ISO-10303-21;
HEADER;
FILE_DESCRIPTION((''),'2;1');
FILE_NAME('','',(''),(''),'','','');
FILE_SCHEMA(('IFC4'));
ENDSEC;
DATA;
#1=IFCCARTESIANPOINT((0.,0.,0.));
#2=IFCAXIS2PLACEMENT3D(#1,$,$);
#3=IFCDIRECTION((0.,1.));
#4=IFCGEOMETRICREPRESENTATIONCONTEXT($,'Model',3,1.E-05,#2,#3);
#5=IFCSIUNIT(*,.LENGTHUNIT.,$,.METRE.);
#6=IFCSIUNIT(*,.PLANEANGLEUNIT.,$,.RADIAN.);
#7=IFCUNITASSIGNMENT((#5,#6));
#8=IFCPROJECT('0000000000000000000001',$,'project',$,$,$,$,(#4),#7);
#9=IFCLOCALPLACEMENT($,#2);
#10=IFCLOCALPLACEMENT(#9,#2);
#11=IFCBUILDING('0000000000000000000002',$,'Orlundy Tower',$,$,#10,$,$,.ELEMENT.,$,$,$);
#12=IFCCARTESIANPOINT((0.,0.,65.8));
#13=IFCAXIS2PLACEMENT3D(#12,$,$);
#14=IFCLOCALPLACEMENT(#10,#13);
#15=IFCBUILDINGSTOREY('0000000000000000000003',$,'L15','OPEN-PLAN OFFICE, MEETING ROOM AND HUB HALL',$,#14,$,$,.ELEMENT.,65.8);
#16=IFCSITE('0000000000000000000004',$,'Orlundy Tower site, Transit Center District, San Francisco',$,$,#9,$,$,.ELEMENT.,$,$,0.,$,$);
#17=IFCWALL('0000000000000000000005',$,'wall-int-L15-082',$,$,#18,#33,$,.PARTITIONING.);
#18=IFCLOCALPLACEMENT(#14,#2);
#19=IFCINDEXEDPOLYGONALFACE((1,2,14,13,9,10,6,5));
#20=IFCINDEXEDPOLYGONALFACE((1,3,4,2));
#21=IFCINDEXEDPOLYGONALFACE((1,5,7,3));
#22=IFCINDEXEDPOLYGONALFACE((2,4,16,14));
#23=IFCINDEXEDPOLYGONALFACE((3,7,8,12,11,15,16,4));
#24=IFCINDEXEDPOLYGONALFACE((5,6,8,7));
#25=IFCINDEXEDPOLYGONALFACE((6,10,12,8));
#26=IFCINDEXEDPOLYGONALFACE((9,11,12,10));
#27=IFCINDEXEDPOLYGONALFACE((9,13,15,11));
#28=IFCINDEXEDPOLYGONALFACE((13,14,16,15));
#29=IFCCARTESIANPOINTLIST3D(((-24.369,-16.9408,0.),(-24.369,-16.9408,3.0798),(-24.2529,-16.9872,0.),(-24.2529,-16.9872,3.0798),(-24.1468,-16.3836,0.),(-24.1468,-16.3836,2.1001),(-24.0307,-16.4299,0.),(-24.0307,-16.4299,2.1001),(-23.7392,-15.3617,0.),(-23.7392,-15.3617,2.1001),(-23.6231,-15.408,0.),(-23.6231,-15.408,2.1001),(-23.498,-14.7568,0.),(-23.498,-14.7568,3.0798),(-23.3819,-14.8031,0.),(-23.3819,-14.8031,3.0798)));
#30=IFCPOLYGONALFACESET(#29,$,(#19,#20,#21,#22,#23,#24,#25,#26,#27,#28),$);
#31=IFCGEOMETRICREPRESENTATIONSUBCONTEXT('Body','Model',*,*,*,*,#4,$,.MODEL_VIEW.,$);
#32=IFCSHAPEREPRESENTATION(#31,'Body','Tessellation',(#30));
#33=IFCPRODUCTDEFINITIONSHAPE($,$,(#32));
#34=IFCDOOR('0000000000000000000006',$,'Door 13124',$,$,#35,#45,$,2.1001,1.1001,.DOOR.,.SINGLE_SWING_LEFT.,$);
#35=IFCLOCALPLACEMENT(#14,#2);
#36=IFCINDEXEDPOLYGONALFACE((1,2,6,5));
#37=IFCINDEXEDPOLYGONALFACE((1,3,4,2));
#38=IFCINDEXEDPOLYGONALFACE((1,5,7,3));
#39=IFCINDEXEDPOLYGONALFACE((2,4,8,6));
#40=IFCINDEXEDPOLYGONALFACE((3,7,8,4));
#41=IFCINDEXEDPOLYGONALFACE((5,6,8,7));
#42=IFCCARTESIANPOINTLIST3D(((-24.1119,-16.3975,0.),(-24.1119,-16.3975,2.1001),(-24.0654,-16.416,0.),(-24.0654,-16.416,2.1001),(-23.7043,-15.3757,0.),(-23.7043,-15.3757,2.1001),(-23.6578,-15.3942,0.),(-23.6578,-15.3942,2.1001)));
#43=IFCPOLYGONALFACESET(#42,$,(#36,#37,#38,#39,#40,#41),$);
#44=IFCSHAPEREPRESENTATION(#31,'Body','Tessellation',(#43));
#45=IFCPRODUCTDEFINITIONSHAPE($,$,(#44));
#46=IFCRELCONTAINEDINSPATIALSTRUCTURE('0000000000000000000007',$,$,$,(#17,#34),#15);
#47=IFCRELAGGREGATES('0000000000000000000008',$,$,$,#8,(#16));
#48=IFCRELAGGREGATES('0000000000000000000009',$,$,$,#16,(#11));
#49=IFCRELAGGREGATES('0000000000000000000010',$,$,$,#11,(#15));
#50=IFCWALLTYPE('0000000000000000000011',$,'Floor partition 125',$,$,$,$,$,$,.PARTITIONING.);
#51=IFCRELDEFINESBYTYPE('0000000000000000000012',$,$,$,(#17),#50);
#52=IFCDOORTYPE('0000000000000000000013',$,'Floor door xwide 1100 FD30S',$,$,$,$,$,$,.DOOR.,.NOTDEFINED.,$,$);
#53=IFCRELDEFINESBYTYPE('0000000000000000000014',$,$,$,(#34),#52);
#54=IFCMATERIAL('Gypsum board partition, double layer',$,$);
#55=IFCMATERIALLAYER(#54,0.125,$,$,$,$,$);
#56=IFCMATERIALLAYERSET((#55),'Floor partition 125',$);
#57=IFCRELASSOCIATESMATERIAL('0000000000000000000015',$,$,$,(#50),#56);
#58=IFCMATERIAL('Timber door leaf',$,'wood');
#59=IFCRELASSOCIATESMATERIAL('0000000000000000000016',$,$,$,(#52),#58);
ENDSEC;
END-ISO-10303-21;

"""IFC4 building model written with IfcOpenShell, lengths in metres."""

from ifc_helpers import new_model, si_unit, direction, frame, frame_2d, origin, place, context, subcontext, project, spatial, rectangle, extrude, material, layer, layer_set, type_object, element, fill, save


model = new_model("IFC4")

# Units and contexts
model_context = context("Model", 3, precision=1e-05, world=origin(), true_north=direction((0.0, 1.0)))
body_context = subcontext(model_context, "Body", "Model", "MODEL_VIEW")
ifc_project = project(units=[si_unit("LENGTHUNIT", "METRE"), si_unit("PLANEANGLEUNIT", "RADIAN")], contexts=[model_context])

# Site, building, storey
site_placement = place(None, origin())
site = spatial("IfcSite", under=ifc_project, at=site_placement, Name="Orlundy Tower site, Transit Center District, San Francisco", CompositionType="ELEMENT", RefElevation=0.0)
building_placement = place(site_placement, origin())
building = spatial("IfcBuilding", under=site, at=building_placement, Name="Orlundy Tower", CompositionType="ELEMENT")
storey_placement = place(building_placement, frame((0.0, 0.0, 65.8)))
storey = spatial("IfcBuildingStorey", under=building, at=storey_placement, Name="L15", Description="OPEN-PLAN OFFICE, MEETING ROOM AND HUB HALL", CompositionType="ELEMENT", Elevation=65.8)

# Shared definitions
ifc_material_1 = material(Name="Gypsum board partition, double layer")
ifc_layer_1 = layer(ifc_material_1, 0.125)
ifc_layer_set_1 = layer_set([ifc_layer_1], Name="Floor partition 125")
wall_type_1 = type_object("IfcWallType", Name="Floor partition 125", PredefinedType="PARTITIONING", material=ifc_layer_set_1)

# Wall, opening, door
wall_1_placement = place(storey_placement, frame((-24.311, -16.9641, 0.0), z_axis=(0.0, 0.0, 1.0), x_axis=(0.37046, 0.928849, 0.0)))
wall_1 = element("IfcWall", 1, at=wall_1_placement, inside=storey, type_object=wall_type_1, Name="wall-int-L15-082", PredefinedType="PARTITIONING", context=body_context, shape_type="SweptSolid", body=[
    extrude(rectangle(XDim=2.3513, YDim=0.125, at=frame_2d((1.1758, 0.0))), origin(), (0.0, 0.0, 1.0), 3.0798),
])
opening_placement = place(wall_1_placement, frame((0.6001, 0.0, 0.0)))
opening = element("IfcOpeningElement", 2, at=opening_placement, cuts=wall_1, PredefinedType="OPENING", context=body_context, shape_type="SweptSolid", body=[
    extrude(rectangle(XDim=1.1001, YDim=2.1001, at=frame_2d((0.55, 1.05))), frame((0.0, 0.0725, 0.0), z_axis=(0.0, -1.0, 0.0), x_axis=(1.0, 0.0, 0.0)), (0.0, 0.0, 1.0), 0.145),
])
ifc_material_2 = material(Name="Timber door leaf", Category="wood")
door_type = type_object("IfcDoorType", Name="Floor door xwide 1100 FD30S", OperationType="NOTDEFINED", PredefinedType="DOOR", material=ifc_material_2)
door_placement = place(opening_placement, origin())
door = element("IfcDoor", 3, at=door_placement, inside=storey, type_object=door_type, Name="Door 13124", OperationType="SINGLE_SWING_LEFT", OverallHeight=2.1001, OverallWidth=1.1001, PredefinedType="DOOR", context=body_context, shape_type="SweptSolid", body=[
    extrude(rectangle(XDim=1.1001, YDim=2.1001, at=frame_2d((0.55, 1.05))), frame((0.0, 0.0249, 0.0), z_axis=(0.0, -1.0, 0.0), x_axis=(1.0, 0.0, 0.0)), (0.0, 0.0, 1.0), 0.05),
])
fill(opening, door)

save(model, "model.ifc")
